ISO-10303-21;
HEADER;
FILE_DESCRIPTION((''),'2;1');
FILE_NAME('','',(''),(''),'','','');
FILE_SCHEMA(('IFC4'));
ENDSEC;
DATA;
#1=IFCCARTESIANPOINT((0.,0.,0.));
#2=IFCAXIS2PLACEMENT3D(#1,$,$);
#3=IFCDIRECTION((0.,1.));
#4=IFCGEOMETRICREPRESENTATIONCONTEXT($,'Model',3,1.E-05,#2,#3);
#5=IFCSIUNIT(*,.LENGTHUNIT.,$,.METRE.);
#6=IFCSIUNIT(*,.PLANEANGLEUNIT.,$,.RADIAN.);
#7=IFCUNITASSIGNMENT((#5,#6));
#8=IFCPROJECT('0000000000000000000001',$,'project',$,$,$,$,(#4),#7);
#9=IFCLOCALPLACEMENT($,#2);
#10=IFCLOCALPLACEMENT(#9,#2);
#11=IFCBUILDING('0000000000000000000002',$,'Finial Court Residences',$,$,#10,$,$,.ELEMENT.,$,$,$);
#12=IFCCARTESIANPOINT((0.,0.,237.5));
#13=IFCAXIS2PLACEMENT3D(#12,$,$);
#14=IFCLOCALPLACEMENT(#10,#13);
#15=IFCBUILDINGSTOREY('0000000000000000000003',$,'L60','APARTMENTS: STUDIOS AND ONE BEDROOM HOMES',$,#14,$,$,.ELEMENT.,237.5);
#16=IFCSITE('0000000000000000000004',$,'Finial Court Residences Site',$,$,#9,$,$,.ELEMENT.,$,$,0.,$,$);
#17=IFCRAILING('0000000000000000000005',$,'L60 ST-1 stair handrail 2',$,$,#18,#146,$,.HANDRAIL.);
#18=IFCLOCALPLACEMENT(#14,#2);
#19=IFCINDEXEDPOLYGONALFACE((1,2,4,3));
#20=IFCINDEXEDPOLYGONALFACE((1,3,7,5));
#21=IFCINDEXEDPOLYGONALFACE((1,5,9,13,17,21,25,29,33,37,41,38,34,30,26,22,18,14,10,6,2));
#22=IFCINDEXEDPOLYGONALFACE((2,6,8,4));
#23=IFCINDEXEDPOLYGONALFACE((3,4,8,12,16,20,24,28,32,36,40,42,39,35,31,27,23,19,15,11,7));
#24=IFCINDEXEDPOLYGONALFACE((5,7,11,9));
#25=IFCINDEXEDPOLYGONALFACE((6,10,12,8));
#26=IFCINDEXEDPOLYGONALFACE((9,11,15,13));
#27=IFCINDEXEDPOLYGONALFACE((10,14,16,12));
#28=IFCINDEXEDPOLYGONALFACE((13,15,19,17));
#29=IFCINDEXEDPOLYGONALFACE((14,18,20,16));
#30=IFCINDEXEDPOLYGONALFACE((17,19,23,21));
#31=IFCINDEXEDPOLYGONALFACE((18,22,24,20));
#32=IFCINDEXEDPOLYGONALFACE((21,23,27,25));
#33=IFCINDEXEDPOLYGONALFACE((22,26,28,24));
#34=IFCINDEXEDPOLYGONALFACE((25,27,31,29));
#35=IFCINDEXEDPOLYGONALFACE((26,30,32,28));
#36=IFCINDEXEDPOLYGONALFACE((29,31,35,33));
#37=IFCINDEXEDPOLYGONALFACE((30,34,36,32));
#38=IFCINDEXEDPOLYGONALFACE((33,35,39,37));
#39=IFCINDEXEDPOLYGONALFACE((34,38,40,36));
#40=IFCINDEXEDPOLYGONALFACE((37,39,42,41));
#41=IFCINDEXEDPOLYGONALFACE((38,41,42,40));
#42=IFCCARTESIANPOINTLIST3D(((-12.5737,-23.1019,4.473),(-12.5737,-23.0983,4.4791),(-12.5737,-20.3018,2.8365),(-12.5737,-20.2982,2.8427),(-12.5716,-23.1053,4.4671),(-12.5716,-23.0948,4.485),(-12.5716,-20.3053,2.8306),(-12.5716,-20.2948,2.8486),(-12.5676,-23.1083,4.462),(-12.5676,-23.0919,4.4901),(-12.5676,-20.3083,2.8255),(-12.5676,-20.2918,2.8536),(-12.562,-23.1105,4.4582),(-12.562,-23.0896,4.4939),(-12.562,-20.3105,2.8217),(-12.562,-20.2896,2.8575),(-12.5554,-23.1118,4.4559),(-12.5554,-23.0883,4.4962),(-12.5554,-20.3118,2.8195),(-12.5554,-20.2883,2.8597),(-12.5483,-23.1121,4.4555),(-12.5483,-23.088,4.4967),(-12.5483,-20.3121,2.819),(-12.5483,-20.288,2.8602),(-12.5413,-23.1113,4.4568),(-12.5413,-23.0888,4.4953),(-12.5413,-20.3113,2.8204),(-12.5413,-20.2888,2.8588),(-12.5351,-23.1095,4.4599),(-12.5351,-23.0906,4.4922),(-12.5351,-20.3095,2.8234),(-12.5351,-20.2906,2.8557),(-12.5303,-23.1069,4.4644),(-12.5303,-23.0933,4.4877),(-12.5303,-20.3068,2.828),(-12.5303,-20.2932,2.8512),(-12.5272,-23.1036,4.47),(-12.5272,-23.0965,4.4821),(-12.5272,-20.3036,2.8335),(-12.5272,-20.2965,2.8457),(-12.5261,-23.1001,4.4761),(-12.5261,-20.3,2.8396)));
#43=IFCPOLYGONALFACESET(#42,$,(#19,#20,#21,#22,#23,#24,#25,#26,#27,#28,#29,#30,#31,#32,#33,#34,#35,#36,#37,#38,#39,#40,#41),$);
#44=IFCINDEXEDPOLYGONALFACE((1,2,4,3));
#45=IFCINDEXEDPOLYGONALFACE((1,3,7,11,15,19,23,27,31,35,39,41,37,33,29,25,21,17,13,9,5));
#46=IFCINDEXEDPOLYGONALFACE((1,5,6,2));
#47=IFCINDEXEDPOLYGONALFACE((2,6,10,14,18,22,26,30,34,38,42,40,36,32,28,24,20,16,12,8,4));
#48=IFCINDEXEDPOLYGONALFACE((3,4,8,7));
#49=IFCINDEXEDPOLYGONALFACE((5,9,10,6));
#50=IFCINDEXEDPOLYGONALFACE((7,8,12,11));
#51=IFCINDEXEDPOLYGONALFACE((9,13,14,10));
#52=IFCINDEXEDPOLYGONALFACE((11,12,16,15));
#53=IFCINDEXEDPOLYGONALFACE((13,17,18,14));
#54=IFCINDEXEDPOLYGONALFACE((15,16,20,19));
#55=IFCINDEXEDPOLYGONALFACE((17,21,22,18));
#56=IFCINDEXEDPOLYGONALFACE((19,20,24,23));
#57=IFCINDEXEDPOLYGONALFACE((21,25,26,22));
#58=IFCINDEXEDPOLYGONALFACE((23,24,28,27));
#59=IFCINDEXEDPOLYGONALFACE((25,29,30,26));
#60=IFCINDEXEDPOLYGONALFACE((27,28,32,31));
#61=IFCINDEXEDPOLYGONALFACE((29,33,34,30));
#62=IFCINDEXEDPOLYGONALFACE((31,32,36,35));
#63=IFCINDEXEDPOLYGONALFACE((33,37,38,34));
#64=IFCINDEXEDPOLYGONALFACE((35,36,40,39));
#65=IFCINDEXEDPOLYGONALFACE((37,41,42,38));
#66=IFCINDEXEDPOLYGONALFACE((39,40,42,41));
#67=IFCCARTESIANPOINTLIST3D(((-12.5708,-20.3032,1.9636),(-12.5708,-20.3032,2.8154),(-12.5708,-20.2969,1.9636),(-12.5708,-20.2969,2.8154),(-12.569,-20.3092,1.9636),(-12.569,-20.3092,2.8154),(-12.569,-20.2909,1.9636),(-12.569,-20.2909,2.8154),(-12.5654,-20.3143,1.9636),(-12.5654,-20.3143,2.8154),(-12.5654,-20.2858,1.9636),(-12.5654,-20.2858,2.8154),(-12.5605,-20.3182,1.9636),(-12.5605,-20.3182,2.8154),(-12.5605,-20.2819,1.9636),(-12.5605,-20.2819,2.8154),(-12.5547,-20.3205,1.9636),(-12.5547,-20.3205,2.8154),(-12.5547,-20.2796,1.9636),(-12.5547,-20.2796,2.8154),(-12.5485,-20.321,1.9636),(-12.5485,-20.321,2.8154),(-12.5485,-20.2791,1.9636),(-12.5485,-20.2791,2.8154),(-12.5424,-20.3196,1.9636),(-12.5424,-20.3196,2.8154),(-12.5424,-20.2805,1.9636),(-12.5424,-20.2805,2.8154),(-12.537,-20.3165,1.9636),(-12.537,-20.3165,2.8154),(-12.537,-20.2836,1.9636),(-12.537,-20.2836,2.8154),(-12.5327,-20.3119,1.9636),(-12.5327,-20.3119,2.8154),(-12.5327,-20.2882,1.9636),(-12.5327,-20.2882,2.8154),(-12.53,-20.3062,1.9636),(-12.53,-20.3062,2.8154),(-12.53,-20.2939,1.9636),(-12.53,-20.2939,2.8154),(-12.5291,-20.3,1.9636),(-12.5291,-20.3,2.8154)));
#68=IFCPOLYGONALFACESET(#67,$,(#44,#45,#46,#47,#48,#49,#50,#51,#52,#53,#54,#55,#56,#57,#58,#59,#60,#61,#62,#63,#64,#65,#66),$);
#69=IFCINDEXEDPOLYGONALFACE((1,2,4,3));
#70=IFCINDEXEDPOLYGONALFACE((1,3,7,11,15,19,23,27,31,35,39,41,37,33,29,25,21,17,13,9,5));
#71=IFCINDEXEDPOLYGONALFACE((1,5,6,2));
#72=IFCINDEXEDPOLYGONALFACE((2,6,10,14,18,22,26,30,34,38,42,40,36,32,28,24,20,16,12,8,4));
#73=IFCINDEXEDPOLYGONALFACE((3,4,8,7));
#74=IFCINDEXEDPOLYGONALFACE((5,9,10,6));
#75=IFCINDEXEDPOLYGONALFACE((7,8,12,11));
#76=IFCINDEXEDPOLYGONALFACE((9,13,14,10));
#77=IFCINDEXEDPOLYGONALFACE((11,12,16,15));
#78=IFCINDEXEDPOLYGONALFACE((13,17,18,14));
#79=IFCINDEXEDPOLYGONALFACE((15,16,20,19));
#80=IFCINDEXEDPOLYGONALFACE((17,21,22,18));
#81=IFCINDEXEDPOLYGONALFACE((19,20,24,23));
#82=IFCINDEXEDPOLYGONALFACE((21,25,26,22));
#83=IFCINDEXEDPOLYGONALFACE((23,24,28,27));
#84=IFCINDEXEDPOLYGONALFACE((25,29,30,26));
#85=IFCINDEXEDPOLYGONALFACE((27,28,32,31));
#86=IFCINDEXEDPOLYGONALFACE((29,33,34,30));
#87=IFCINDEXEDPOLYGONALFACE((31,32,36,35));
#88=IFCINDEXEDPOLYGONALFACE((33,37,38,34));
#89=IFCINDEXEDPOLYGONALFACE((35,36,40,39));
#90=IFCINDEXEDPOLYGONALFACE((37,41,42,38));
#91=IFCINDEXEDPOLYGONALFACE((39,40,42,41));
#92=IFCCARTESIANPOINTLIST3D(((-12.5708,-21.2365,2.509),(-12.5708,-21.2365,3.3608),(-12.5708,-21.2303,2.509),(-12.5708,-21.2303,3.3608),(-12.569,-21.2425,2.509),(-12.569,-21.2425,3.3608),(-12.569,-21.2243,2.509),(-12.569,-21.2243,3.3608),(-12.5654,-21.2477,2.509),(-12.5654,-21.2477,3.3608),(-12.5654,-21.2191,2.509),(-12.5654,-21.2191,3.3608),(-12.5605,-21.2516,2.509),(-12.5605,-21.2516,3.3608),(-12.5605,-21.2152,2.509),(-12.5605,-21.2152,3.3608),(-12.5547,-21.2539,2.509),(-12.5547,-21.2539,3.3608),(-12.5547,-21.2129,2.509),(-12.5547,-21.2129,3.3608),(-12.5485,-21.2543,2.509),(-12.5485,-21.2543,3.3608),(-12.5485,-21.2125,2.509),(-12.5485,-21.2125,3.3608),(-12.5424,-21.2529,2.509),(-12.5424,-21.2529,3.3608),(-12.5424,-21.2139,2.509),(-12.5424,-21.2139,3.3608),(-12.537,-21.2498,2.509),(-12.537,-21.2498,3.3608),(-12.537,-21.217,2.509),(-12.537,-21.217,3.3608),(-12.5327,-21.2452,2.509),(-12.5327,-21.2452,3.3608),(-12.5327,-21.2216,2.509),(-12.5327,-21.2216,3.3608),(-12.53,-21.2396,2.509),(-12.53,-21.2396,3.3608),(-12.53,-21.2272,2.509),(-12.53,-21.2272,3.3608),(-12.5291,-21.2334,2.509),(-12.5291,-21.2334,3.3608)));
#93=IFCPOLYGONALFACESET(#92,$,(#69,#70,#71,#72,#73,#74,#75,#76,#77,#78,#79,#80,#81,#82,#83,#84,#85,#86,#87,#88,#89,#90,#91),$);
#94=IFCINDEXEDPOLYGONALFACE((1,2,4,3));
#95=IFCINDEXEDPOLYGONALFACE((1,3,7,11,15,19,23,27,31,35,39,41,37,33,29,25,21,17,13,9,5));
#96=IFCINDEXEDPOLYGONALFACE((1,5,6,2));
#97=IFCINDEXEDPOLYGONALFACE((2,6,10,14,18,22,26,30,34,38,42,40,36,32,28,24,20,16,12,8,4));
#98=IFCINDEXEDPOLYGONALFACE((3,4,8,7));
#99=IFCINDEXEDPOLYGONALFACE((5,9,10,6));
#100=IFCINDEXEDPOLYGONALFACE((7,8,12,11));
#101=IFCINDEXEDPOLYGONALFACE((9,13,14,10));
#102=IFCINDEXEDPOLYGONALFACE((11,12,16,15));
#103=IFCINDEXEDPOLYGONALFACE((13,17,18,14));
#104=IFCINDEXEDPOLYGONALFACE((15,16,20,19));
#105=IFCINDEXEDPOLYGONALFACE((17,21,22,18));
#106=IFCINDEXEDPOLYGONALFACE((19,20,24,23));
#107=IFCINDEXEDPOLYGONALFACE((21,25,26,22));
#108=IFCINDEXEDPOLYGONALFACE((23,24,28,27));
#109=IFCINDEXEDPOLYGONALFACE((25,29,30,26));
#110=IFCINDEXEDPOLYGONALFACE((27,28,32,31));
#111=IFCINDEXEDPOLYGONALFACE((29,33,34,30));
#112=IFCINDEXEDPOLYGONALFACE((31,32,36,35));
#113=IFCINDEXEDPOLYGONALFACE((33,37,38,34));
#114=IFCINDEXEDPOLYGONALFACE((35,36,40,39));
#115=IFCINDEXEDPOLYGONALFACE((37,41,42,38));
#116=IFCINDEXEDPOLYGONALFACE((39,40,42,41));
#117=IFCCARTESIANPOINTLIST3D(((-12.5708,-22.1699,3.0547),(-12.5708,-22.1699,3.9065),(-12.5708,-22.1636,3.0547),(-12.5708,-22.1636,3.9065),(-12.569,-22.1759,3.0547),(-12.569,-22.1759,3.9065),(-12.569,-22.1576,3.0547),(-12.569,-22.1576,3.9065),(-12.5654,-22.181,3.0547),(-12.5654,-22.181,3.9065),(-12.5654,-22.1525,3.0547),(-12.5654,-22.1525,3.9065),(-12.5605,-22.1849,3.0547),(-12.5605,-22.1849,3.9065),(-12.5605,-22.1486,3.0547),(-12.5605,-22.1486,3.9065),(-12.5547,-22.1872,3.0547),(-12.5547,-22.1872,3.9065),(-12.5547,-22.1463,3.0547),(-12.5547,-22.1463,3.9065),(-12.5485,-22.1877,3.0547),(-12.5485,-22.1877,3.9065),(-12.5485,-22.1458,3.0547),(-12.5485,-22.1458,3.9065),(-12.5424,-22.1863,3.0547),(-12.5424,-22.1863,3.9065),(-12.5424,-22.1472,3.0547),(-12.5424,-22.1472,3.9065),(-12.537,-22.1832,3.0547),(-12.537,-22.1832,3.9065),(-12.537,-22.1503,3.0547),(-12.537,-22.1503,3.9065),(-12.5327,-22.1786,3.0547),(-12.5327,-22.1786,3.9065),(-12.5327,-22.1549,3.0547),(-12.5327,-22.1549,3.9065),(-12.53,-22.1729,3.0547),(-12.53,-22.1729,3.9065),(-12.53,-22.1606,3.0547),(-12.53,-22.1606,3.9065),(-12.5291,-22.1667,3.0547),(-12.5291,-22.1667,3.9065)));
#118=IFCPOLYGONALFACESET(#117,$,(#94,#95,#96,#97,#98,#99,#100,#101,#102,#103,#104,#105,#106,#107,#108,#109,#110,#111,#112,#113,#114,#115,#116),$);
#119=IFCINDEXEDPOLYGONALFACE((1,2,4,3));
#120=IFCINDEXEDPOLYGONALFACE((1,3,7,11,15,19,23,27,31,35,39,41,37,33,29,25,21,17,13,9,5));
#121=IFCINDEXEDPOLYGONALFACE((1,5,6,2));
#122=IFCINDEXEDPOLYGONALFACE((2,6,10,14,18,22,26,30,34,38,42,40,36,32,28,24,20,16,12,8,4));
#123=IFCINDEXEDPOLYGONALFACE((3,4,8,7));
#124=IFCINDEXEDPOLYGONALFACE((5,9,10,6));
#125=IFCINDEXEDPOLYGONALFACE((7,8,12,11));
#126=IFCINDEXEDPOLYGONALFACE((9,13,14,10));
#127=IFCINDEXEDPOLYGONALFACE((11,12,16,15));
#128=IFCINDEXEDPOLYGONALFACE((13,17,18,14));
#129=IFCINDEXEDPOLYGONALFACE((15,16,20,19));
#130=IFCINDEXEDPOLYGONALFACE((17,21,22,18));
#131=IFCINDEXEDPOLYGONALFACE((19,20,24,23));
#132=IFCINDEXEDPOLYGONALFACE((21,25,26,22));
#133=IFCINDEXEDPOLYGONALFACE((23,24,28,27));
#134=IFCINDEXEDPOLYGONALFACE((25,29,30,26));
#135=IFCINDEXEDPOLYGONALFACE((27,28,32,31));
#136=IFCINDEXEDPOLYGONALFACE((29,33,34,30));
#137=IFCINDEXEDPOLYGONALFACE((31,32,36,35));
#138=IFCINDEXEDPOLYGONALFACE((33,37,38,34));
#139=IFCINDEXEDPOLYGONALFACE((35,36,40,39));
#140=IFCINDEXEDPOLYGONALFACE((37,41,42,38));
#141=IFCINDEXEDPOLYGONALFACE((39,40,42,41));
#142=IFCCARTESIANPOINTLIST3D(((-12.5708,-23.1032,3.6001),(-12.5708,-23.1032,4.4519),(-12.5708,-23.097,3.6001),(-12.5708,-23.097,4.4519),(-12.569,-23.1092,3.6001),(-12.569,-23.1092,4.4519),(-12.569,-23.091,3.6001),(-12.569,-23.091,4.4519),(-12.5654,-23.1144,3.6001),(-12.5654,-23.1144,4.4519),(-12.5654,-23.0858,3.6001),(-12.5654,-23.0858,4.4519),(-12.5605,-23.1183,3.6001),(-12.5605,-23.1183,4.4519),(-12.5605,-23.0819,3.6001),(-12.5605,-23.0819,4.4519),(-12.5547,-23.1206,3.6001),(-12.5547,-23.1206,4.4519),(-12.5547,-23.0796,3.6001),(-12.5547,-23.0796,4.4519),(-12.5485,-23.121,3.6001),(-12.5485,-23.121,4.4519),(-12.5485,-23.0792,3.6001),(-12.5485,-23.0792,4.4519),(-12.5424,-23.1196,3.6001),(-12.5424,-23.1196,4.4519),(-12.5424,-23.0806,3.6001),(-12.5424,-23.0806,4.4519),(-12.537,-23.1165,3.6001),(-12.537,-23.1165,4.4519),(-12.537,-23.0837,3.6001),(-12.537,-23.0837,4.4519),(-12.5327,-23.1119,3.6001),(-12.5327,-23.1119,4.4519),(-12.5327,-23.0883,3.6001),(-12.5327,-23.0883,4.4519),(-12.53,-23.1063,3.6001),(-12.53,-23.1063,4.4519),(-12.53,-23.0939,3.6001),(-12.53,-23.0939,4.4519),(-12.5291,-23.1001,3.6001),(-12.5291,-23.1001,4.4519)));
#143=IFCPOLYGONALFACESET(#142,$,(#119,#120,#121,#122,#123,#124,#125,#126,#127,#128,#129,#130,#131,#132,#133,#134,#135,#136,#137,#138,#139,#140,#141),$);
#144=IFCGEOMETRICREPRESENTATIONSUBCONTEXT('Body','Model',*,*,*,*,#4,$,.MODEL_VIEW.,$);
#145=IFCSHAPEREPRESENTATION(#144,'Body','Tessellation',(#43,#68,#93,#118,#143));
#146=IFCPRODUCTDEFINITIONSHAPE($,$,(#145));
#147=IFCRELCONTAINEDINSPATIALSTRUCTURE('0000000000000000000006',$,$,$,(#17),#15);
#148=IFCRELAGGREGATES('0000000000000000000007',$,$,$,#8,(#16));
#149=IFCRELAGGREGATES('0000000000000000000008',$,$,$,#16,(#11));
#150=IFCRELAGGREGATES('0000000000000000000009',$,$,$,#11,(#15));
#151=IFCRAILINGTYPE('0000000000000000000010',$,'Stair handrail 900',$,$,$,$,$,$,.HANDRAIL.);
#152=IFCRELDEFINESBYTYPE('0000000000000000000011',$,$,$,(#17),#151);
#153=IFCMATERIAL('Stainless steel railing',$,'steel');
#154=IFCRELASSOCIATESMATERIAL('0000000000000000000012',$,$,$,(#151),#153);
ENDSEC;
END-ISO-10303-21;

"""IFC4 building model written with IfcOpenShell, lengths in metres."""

from ifc_helpers import new_model, si_unit, direction, frame, origin, origin_2d, place, context, subcontext, project, spatial, circle, extrude, material, type_object, element, save


model = new_model("IFC4")

# Units and contexts
model_context = context("Model", 3, precision=1e-05, world=origin(), true_north=direction((0.0, 1.0)))
body_context = subcontext(model_context, "Body", "Model", "MODEL_VIEW")
ifc_project = project(units=[si_unit("LENGTHUNIT", "METRE"), si_unit("PLANEANGLEUNIT", "RADIAN")], contexts=[model_context])

# Site, building, storey
site_placement = place(None, origin())
site = spatial("IfcSite", under=ifc_project, at=site_placement, Name="Finial Court Residences Site", CompositionType="ELEMENT", RefElevation=0.0)
building_placement = place(site_placement, origin())
building = spatial("IfcBuilding", under=site, at=building_placement, Name="Finial Court Residences", CompositionType="ELEMENT")
storey_placement = place(building_placement, frame((0.0, 0.0, 237.5)))
storey = spatial("IfcBuildingStorey", under=building, at=storey_placement, Name="L60", Description="APARTMENTS: STUDIOS AND ONE BEDROOM HOMES", CompositionType="ELEMENT", Elevation=237.5)

# Railing
ifc_material_1 = material(Name="Stainless steel railing", Category="steel")
railing_type_1 = type_object("IfcRailingType", Name="Stair handrail 900", PredefinedType="HANDRAIL", material=ifc_material_1)
railing_1_placement = place(storey_placement, frame((-12.55, -20.3, 1.9636)))
element("IfcRailing", 1, at=railing_1_placement, inside=storey, type_object=railing_type_1, Name="L60 ST-1 stair handrail 2", PredefinedType="HANDRAIL", context=body_context, shape_type="SweptSolid", body=[
    extrude(circle(Radius=0.0239, at=origin_2d()), frame((0.0, 0.0, 0.876), z_axis=(0.0, -0.863361, 0.504587), x_axis=(1.0, 0.0, 0.0)), (0.0, 0.0, 1.0), 3.2432),
    extrude(circle(Radius=0.021, at=origin_2d()), origin(), (0.0, 0.0, 1.0), 0.8518),
    extrude(circle(Radius=0.021, at=origin_2d()), frame((0.0, -0.9333, 0.5454)), (0.0, 0.0, 1.0), 0.8518),
    extrude(circle(Radius=0.021, at=origin_2d()), frame((0.0, -1.8667, 1.0911)), (0.0, 0.0, 1.0), 0.8518),
    extrude(circle(Radius=0.021, at=origin_2d()), frame((0.0, -2.8, 1.6365)), (0.0, 0.0, 1.0), 0.8518),
])

save(model, "model.ifc")
